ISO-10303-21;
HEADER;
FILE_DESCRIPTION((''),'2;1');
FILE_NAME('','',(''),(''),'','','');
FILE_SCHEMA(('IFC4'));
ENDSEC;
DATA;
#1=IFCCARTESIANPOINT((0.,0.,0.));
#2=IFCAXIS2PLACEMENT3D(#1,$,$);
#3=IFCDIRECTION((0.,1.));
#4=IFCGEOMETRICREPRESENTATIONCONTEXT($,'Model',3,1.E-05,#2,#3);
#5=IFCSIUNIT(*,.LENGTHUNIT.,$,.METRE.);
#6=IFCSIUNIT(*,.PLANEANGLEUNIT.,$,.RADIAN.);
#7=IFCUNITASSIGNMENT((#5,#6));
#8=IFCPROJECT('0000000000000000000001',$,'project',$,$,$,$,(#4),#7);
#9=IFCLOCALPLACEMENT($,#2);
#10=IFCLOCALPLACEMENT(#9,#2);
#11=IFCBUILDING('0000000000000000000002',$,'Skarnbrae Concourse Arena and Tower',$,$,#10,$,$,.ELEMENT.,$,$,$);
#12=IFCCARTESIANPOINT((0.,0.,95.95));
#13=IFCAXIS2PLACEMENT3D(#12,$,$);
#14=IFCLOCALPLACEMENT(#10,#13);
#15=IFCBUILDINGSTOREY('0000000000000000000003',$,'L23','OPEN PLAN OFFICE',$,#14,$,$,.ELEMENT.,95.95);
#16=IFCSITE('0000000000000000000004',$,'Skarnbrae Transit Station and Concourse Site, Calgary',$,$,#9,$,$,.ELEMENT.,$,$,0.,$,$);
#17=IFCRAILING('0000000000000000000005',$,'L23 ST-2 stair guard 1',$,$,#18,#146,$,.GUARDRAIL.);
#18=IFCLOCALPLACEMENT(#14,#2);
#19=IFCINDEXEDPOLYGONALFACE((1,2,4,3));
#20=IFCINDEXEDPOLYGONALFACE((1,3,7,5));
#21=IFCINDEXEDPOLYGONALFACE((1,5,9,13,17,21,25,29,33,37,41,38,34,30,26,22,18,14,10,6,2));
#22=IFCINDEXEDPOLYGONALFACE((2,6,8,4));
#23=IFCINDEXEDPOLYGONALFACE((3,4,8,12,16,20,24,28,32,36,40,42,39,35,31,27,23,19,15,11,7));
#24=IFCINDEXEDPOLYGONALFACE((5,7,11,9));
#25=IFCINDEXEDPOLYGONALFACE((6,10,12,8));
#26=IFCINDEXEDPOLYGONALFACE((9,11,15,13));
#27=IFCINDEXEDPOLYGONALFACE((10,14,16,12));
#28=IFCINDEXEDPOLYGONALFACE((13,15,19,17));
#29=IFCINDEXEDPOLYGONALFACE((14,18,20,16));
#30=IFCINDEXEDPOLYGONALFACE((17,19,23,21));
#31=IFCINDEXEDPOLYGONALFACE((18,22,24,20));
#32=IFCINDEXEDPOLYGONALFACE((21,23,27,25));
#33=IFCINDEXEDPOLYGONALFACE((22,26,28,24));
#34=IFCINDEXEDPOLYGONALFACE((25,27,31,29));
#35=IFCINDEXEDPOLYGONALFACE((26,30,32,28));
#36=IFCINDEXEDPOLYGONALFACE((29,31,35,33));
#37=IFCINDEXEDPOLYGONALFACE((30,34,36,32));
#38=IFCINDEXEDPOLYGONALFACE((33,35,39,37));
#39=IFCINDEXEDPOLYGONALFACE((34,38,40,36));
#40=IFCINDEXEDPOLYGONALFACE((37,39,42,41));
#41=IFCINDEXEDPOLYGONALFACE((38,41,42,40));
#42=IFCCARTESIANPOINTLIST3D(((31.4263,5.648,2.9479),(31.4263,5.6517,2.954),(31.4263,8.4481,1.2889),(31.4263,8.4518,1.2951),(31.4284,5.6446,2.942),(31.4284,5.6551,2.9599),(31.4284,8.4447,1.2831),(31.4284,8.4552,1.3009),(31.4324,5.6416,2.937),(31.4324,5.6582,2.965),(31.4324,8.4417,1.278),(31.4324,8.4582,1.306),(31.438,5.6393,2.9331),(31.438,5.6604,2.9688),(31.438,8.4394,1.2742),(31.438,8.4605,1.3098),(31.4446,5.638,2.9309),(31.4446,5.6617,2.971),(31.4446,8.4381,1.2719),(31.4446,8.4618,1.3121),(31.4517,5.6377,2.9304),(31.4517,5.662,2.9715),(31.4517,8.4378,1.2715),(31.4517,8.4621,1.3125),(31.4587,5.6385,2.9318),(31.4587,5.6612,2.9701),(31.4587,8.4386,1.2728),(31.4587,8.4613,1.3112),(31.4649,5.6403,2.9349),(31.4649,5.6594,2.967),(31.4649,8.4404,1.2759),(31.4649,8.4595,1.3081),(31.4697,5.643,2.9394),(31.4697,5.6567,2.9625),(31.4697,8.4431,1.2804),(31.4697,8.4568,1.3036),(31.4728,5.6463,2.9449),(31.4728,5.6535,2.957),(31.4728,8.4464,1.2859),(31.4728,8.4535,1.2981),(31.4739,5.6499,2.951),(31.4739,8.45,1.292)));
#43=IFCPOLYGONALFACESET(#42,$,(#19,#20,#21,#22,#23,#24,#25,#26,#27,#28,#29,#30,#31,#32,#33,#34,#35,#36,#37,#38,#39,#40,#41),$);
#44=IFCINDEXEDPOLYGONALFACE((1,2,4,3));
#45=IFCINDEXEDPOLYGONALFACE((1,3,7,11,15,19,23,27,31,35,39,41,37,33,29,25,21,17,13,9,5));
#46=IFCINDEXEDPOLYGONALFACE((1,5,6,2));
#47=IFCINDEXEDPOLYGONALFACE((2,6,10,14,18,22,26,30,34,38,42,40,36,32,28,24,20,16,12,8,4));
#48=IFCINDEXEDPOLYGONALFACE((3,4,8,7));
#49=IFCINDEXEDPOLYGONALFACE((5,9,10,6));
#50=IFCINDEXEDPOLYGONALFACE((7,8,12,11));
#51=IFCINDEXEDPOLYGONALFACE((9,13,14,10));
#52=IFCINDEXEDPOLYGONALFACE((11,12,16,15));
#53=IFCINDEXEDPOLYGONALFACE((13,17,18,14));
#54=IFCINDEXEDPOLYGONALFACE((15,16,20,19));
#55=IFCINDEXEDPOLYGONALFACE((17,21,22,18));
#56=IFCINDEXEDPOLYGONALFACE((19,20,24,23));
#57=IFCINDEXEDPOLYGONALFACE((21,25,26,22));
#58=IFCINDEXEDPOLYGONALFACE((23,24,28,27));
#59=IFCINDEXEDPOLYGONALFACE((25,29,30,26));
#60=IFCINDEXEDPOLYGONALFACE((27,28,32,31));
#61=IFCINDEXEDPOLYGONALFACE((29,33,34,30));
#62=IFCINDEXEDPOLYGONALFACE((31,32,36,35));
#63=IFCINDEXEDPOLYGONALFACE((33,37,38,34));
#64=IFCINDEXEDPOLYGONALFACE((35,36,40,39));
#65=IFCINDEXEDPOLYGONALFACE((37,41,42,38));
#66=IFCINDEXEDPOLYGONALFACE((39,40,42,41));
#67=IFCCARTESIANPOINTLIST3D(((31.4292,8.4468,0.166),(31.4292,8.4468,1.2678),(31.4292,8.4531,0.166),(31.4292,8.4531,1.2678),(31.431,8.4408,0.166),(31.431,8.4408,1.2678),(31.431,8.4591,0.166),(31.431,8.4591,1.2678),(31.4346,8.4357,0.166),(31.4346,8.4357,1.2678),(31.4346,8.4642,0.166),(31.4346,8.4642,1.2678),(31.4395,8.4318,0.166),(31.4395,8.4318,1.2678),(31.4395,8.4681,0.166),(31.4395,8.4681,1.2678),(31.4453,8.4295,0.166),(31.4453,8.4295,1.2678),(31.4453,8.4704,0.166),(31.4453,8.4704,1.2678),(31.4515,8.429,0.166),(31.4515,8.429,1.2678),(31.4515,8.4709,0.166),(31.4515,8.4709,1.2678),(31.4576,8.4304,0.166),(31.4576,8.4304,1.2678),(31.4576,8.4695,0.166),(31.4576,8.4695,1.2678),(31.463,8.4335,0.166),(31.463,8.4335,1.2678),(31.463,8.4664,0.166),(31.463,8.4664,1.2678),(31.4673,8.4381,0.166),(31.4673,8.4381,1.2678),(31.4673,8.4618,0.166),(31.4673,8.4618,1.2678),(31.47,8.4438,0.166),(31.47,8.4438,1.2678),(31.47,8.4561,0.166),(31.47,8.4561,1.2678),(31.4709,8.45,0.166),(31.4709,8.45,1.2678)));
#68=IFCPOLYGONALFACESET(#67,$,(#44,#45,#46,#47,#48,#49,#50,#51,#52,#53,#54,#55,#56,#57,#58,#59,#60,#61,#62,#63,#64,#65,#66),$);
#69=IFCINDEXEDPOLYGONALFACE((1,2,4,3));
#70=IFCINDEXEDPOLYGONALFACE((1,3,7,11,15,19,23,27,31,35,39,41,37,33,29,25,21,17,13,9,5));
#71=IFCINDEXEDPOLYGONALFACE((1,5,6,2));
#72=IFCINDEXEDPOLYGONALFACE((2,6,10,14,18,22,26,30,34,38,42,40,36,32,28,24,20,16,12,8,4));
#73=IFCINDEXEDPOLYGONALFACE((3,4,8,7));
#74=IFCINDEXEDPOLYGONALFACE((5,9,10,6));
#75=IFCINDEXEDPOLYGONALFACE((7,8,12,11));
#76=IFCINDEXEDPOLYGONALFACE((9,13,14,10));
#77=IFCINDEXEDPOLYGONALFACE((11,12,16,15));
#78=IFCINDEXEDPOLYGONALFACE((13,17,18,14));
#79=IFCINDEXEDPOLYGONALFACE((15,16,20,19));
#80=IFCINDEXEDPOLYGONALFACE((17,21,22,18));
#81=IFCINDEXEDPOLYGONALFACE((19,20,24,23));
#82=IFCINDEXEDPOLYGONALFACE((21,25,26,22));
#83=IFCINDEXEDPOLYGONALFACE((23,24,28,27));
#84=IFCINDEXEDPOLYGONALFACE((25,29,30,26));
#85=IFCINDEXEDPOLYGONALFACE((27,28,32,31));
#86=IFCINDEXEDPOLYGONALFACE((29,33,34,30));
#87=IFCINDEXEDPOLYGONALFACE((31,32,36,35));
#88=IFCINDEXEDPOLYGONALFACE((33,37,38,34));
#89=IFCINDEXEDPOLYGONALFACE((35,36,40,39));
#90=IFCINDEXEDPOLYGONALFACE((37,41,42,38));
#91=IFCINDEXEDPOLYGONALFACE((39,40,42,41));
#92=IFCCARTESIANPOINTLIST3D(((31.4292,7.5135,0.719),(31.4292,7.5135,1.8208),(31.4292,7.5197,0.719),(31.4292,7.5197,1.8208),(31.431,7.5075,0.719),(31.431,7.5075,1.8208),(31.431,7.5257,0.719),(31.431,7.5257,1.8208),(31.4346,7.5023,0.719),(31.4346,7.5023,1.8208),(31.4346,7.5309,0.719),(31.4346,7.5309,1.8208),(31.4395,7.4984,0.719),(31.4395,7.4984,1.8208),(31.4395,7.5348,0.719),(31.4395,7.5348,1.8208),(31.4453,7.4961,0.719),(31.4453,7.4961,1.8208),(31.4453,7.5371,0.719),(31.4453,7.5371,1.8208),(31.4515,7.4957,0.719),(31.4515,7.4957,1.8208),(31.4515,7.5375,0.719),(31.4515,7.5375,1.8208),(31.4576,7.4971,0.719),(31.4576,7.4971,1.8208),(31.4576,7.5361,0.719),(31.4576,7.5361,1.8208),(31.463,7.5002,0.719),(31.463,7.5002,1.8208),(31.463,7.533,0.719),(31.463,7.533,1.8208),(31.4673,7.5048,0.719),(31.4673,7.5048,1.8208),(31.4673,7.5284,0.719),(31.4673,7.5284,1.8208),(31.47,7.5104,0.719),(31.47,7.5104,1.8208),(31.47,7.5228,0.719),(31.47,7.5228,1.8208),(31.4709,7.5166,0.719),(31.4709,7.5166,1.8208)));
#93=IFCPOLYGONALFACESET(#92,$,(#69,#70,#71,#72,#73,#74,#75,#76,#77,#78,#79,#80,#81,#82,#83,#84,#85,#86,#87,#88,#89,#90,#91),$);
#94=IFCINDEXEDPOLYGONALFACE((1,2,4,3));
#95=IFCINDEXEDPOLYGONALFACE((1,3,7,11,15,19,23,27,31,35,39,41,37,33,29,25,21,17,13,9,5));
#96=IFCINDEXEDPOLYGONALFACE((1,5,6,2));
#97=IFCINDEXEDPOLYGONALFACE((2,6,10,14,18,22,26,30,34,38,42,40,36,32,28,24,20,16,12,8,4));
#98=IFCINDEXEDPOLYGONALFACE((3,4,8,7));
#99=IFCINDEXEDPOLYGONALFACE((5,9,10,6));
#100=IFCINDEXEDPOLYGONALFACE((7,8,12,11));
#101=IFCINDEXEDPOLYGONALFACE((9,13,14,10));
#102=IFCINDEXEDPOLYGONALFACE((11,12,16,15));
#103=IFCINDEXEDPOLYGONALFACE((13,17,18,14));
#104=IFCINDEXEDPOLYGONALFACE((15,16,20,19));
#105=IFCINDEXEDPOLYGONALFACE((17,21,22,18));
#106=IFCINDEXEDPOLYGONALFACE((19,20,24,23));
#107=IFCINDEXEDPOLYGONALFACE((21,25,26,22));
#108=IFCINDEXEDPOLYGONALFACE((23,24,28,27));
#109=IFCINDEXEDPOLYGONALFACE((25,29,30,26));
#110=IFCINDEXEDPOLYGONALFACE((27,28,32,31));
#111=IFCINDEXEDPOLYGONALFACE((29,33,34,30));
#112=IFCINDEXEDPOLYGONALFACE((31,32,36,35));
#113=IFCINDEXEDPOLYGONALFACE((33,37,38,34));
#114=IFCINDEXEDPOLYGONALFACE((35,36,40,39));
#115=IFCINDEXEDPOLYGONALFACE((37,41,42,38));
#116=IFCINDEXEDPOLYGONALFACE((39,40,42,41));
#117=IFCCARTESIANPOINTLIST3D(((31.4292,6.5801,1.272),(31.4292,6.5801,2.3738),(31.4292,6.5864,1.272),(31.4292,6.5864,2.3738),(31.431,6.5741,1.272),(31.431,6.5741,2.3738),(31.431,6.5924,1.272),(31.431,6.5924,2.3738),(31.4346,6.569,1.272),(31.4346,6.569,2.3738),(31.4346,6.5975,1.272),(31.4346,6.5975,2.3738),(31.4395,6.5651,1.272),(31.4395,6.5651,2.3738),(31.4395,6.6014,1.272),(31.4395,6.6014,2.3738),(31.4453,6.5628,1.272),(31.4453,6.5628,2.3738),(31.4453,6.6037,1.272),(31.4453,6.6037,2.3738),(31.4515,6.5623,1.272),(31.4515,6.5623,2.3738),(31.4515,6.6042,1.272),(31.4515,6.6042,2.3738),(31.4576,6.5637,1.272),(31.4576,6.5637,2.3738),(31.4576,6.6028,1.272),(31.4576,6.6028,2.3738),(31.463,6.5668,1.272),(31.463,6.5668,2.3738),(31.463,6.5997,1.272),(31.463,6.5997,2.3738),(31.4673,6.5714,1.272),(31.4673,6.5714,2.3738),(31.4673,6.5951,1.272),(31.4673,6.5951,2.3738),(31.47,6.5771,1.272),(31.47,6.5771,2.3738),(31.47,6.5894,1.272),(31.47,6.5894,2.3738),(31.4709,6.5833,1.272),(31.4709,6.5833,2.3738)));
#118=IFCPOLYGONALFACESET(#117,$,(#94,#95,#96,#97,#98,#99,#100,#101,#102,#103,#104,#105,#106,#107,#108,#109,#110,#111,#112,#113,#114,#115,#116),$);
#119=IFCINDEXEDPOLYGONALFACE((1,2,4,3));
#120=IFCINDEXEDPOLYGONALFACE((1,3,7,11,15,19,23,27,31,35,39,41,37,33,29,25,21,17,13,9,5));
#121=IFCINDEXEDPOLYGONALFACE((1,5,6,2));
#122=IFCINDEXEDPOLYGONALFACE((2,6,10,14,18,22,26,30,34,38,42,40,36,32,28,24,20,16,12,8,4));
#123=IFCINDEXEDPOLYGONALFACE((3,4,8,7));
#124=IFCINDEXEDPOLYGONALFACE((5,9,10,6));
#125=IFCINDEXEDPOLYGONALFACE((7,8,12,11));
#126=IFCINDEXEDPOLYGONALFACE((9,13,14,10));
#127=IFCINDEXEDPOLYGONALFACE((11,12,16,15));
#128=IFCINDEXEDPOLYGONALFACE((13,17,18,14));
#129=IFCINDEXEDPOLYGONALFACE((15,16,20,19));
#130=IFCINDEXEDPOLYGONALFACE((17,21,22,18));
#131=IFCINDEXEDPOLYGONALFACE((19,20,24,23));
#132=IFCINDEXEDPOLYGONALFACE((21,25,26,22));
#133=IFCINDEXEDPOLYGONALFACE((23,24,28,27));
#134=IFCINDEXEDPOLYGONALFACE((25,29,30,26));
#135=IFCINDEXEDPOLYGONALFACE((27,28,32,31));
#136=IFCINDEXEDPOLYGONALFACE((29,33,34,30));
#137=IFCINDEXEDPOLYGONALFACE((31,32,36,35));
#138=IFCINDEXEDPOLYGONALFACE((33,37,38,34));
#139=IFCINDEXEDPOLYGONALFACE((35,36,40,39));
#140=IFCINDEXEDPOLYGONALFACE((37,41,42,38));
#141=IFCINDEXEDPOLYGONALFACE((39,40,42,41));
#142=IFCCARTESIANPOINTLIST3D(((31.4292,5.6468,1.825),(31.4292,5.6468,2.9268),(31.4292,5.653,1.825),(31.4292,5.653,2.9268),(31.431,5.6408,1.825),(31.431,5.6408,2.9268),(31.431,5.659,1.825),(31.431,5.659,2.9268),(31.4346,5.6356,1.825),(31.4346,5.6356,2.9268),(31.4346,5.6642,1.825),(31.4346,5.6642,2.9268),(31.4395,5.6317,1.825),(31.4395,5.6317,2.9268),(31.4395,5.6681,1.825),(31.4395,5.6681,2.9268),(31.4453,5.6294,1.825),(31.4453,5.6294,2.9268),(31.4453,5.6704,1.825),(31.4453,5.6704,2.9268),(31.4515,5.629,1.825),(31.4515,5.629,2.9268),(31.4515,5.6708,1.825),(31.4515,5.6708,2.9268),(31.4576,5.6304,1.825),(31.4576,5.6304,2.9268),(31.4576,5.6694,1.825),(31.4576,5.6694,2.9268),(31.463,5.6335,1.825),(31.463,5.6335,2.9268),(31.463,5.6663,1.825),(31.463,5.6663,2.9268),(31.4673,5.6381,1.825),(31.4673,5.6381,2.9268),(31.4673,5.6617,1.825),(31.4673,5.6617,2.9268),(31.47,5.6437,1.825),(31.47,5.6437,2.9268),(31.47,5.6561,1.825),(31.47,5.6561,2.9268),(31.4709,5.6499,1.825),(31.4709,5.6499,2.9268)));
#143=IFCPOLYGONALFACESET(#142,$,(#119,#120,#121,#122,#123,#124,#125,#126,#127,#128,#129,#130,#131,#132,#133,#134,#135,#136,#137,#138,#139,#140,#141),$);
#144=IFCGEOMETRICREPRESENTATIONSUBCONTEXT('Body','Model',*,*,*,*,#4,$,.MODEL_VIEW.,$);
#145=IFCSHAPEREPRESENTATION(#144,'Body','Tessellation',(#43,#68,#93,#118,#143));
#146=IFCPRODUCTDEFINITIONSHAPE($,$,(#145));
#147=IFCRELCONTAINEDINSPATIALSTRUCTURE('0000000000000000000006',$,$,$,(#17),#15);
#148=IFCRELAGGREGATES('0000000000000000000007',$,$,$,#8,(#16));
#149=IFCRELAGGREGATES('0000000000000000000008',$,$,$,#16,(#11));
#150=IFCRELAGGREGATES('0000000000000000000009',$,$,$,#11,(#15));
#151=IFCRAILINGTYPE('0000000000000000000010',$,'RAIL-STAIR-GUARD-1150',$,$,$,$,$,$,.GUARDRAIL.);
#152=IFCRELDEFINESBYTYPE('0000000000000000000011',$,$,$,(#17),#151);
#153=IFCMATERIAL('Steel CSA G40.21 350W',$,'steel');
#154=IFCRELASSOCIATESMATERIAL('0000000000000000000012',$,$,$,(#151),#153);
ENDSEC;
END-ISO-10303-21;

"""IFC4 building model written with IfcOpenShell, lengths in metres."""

from ifc_helpers import new_model, si_unit, direction, frame, origin, origin_2d, place, context, subcontext, project, spatial, circle, extrude, material, type_object, element, save


model = new_model("IFC4")

# Units and contexts
model_context = context("Model", 3, precision=1e-05, world=origin(), true_north=direction((0.0, 1.0)))
body_context = subcontext(model_context, "Body", "Model", "MODEL_VIEW")
ifc_project = project(units=[si_unit("LENGTHUNIT", "METRE"), si_unit("PLANEANGLEUNIT", "RADIAN")], contexts=[model_context])

# Site, building, storey
site_placement = place(None, origin())
site = spatial("IfcSite", under=ifc_project, at=site_placement, Name="Skarnbrae Transit Station and Concourse Site, Calgary", CompositionType="ELEMENT", RefElevation=0.0)
building_placement = place(site_placement, origin())
building = spatial("IfcBuilding", under=site, at=building_placement, Name="Skarnbrae Concourse Arena and Tower", CompositionType="ELEMENT")
storey_placement = place(building_placement, frame((0.0, 0.0, 95.95)))
storey = spatial("IfcBuildingStorey", under=building, at=storey_placement, Name="L23", Description="OPEN PLAN OFFICE", CompositionType="ELEMENT", Elevation=95.95)

# Shared definitions
ifc_material_1 = material(Name="Steel CSA G40.21 350W", Category="steel")

# Railing
railing_type_1 = type_object("IfcRailingType", Name="RAIL-STAIR-GUARD-1150", PredefinedType="GUARDRAIL", material=ifc_material_1)
railing_1_placement = place(storey_placement, frame((31.45, 8.45, 0.166)))
element("IfcRailing", 1, at=railing_1_placement, inside=storey, type_object=railing_type_1, Name="L23 ST-2 stair guard 1", PredefinedType="GUARDRAIL", context=body_context, shape_type="SweptSolid", body=[
    extrude(circle(Radius=0.0239, at=origin_2d()), frame((0.0, 0.0, 1.126), z_axis=(0.0, -0.860339, 0.509722), x_axis=(1.0, 0.0, 0.0)), (0.0, 0.0, 1.0), 3.2546),
    extrude(circle(Radius=0.021, at=origin_2d()), origin(), (0.0, 0.0, 1.0), 1.1018),
    extrude(circle(Radius=0.021, at=origin_2d()), frame((0.0, -0.9333, 0.553)), (0.0, 0.0, 1.0), 1.1018),
    extrude(circle(Radius=0.021, at=origin_2d()), frame((0.0, -1.8667, 1.106)), (0.0, 0.0, 1.0), 1.1018),
    extrude(circle(Radius=0.021, at=origin_2d()), frame((0.0, -2.8, 1.6589)), (0.0, 0.0, 1.0), 1.1018),
])

save(model, "model.ifc")
